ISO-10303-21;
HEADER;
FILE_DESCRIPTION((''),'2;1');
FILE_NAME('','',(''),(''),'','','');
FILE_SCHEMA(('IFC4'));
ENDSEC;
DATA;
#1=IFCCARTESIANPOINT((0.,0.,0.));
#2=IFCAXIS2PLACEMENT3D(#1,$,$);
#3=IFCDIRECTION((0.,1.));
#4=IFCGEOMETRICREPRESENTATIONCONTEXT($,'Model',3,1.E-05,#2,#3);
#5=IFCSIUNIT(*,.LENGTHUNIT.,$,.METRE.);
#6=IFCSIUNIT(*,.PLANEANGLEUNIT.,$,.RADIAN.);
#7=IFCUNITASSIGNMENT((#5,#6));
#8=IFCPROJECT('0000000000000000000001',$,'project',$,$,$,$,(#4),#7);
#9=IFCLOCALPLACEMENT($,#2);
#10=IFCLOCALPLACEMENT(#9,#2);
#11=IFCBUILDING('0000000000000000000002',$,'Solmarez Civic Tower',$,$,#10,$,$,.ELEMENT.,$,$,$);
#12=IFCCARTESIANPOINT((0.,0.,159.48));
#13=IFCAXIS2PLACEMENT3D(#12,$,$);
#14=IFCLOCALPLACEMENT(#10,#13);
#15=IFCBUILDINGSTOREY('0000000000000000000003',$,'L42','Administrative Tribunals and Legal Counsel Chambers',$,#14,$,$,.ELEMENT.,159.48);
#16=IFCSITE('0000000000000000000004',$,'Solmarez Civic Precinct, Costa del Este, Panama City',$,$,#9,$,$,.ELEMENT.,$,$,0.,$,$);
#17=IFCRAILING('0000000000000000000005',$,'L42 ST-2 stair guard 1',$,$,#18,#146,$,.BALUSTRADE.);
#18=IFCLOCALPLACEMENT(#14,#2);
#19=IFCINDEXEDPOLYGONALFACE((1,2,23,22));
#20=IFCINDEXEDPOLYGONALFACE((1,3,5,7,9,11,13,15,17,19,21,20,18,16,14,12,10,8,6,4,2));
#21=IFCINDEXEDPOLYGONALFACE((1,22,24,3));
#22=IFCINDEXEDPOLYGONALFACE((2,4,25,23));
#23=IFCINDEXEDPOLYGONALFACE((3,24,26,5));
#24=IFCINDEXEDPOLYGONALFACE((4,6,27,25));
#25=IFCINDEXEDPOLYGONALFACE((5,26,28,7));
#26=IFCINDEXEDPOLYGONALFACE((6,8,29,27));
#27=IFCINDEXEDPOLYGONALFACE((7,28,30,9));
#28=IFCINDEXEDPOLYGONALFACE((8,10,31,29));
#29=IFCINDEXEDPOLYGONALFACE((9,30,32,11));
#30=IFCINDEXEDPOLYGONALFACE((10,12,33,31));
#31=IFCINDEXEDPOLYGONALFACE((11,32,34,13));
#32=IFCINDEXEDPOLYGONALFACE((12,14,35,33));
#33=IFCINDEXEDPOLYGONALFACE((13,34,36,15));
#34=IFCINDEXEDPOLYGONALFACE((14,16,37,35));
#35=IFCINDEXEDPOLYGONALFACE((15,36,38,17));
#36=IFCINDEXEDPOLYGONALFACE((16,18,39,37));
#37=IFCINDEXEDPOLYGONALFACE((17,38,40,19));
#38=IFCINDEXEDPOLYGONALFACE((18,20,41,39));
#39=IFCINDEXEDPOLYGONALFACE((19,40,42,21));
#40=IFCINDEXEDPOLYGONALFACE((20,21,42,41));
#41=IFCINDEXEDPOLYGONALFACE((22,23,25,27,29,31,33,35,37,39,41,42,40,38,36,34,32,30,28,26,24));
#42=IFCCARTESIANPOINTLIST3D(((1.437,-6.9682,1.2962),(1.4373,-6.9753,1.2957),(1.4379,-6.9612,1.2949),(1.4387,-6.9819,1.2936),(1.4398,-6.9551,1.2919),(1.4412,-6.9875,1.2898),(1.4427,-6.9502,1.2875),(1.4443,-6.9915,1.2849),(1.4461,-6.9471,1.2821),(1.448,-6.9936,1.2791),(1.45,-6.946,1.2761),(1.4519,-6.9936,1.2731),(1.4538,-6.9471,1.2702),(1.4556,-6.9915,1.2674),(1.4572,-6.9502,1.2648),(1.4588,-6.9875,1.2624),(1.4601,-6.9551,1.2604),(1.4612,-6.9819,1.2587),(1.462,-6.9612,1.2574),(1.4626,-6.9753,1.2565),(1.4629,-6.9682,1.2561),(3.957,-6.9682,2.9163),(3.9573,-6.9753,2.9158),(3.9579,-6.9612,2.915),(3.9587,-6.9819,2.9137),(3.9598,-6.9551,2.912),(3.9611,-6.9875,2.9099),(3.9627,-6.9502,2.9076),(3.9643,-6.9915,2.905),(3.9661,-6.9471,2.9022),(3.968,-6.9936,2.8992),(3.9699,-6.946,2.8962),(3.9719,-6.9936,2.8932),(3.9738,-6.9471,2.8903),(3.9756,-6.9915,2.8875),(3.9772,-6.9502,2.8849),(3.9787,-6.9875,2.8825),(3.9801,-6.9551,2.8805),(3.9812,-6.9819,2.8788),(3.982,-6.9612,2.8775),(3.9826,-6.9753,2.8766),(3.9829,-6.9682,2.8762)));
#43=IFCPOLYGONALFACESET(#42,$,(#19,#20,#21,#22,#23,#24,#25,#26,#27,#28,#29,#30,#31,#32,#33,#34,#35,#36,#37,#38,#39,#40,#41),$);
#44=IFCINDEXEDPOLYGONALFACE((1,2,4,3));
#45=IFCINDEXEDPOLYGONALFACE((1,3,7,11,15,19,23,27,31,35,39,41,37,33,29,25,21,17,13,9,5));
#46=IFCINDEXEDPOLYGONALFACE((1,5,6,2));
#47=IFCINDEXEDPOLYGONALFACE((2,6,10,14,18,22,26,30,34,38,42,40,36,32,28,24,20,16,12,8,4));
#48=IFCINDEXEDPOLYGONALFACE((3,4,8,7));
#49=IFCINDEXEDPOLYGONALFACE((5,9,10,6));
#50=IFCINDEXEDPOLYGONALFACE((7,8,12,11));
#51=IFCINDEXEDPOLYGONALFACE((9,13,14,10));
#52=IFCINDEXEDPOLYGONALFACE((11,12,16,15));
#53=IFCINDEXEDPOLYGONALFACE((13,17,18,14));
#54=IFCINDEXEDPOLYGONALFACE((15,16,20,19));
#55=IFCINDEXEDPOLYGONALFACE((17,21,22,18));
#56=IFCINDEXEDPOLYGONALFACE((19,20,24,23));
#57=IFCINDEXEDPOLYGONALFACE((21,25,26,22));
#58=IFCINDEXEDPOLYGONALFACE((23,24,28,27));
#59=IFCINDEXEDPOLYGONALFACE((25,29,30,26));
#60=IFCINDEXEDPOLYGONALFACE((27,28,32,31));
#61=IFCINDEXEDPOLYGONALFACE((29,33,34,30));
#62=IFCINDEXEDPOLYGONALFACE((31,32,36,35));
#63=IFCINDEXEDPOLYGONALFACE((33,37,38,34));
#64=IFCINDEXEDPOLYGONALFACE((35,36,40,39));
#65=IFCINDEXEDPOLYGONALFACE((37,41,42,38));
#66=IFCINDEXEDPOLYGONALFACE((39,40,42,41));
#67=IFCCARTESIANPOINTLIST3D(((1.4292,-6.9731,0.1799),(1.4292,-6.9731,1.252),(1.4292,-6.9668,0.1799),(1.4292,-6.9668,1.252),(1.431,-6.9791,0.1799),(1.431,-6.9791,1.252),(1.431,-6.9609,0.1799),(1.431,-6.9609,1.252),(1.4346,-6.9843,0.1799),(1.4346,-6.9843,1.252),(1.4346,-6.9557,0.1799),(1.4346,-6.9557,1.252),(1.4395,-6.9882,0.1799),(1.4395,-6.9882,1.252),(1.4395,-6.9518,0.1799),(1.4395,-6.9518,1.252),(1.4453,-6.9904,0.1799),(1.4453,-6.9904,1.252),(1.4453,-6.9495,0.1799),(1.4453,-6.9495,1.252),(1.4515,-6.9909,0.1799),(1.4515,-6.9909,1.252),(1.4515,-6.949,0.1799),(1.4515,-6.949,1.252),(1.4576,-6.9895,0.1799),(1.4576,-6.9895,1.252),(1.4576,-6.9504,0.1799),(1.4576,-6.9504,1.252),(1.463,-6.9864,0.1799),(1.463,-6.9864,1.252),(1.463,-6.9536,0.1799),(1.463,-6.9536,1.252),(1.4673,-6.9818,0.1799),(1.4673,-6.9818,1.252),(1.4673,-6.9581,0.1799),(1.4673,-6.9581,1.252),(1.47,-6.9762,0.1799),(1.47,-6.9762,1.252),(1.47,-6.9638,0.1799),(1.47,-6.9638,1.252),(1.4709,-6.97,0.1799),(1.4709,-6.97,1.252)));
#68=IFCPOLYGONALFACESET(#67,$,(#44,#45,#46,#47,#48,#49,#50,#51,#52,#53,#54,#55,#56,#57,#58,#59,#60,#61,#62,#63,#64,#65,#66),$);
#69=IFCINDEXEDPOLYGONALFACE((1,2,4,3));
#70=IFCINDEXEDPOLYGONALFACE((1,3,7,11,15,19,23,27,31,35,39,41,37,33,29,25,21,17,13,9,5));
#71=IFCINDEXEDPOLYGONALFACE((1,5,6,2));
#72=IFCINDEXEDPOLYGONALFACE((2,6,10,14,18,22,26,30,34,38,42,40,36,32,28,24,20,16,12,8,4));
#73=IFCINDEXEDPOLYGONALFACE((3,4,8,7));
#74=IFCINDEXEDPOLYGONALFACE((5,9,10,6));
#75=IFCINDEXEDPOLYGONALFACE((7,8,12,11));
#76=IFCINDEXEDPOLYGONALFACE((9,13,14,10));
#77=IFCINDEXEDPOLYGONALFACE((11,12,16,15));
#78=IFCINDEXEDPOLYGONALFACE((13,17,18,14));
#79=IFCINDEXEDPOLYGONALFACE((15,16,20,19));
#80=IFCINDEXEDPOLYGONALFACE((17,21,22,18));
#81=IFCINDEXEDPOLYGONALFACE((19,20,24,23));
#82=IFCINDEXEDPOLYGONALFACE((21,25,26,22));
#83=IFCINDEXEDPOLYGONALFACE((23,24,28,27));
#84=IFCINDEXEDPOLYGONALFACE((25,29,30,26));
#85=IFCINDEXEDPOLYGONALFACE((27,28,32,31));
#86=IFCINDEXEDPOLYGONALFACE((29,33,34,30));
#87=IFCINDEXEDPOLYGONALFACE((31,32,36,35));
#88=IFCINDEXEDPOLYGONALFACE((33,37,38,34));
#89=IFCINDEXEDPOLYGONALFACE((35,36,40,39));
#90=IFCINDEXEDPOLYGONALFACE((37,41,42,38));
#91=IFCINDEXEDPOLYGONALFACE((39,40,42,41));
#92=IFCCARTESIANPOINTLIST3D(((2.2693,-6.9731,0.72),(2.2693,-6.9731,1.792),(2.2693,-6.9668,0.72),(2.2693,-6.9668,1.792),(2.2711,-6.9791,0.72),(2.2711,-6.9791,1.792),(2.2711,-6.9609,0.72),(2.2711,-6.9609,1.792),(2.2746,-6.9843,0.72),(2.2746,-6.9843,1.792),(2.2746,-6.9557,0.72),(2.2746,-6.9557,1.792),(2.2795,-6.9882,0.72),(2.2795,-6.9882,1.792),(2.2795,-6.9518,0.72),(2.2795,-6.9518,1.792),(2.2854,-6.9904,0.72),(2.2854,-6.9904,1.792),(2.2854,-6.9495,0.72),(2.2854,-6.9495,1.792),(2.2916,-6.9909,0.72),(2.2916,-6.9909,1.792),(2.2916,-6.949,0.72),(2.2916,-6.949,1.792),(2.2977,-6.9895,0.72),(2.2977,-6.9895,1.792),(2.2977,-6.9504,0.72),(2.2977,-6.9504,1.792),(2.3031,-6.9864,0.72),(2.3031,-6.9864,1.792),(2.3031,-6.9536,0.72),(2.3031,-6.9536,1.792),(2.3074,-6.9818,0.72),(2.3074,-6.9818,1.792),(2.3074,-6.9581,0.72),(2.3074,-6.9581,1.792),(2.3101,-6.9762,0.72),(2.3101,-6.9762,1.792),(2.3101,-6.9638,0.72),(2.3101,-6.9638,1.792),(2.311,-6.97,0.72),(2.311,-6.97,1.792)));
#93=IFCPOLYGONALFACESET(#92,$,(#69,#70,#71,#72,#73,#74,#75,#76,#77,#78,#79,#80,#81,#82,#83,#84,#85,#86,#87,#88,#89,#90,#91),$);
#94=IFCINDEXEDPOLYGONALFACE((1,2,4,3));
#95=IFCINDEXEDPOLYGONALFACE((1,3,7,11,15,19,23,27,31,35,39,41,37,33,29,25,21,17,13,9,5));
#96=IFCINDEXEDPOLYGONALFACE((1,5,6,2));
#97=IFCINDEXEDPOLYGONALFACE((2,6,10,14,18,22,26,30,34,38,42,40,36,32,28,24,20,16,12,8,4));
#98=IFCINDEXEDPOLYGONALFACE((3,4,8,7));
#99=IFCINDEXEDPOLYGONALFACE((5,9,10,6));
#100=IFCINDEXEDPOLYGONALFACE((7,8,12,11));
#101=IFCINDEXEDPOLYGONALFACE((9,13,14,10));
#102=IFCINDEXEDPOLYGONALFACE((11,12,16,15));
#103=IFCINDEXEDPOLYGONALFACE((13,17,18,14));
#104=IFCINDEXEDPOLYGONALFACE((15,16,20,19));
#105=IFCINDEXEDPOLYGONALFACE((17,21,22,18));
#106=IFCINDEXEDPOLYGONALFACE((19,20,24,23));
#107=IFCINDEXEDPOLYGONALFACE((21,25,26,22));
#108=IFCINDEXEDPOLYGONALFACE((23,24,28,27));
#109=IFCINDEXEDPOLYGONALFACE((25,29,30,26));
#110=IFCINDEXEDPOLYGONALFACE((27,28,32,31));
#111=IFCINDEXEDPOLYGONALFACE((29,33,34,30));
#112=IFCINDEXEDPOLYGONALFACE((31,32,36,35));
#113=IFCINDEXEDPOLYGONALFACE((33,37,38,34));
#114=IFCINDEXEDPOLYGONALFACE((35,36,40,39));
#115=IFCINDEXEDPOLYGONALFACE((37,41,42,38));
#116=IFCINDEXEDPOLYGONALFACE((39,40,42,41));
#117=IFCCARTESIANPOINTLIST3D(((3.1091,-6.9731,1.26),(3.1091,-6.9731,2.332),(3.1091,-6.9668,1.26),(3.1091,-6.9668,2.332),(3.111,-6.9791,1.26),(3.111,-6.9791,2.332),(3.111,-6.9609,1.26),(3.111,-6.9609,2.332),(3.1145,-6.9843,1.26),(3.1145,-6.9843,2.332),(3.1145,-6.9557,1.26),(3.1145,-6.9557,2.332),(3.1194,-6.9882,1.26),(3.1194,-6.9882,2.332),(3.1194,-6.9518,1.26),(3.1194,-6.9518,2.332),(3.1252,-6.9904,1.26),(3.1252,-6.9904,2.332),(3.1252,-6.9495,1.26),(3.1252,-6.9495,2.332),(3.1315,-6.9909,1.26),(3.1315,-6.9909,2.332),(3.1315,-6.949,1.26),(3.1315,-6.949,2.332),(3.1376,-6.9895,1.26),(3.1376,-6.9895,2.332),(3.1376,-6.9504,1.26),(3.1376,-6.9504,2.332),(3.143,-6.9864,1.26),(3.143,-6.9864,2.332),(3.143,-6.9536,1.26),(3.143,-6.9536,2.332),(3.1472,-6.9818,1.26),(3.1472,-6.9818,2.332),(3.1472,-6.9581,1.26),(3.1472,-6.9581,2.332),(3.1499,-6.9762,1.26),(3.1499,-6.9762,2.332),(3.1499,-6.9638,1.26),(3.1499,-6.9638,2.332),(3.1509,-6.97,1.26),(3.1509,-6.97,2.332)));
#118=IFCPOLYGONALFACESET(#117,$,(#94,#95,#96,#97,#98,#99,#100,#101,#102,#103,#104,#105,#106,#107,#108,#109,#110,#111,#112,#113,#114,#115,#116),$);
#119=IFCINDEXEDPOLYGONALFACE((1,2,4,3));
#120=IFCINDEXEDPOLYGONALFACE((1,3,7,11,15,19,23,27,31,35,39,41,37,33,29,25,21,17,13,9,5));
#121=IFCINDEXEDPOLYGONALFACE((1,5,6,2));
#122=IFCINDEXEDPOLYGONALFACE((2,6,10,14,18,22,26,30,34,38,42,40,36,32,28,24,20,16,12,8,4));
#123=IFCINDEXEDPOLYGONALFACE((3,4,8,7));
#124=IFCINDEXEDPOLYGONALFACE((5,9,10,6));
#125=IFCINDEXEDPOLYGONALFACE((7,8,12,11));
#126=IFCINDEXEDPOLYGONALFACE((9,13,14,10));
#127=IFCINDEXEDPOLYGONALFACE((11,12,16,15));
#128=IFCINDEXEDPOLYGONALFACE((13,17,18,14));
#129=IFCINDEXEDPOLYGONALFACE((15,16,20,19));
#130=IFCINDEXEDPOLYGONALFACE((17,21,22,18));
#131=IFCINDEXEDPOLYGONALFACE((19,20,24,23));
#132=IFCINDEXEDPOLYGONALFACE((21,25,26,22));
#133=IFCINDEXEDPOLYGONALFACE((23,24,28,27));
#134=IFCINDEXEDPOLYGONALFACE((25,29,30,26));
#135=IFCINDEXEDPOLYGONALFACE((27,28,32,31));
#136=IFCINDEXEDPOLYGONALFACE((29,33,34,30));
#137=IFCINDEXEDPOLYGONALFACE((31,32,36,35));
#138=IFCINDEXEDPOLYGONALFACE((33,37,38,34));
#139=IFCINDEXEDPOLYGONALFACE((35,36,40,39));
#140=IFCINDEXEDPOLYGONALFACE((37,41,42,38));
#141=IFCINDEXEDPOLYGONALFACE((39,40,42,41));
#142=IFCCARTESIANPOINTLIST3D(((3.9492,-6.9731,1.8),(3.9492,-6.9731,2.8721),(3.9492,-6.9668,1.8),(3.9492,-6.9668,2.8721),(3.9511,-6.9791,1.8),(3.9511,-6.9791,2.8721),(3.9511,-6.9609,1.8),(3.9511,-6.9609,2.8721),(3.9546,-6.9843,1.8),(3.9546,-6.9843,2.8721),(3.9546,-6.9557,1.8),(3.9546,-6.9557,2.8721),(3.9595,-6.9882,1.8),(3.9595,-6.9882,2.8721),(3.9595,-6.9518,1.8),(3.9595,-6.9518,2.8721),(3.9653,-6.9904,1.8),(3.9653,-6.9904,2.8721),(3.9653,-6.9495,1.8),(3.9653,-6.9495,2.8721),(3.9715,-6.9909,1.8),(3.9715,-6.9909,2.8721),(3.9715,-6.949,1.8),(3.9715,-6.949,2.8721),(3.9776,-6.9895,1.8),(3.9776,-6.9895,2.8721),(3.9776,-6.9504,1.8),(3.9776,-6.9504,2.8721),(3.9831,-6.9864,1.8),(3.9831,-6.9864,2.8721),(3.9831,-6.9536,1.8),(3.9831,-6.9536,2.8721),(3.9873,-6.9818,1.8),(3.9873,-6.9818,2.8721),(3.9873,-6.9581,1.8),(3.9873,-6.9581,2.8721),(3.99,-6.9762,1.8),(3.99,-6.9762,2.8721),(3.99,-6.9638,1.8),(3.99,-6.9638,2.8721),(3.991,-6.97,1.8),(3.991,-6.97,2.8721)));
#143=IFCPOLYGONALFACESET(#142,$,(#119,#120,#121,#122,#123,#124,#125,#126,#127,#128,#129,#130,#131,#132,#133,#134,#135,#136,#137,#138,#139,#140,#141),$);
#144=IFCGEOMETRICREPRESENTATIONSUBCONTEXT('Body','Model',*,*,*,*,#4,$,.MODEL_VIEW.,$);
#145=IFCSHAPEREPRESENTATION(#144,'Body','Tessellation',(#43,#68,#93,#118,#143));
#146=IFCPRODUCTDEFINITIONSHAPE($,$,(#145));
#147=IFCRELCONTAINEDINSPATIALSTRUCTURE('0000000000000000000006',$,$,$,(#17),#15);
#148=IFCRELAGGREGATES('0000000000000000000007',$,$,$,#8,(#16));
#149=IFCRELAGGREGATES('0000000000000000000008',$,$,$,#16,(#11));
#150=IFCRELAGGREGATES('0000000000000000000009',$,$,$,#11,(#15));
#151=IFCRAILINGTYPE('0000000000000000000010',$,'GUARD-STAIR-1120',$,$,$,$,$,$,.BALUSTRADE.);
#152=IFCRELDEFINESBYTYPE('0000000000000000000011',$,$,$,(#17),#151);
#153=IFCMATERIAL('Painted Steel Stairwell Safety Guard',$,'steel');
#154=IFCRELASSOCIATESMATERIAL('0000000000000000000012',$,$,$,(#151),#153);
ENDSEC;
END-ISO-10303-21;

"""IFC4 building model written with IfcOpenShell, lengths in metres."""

from ifc_helpers import new_model, si_unit, direction, frame, origin, origin_2d, place, context, subcontext, project, spatial, circle, extrude, material, type_object, element, save


model = new_model("IFC4")

# Units and contexts
model_context = context("Model", 3, precision=1e-05, world=origin(), true_north=direction((0.0, 1.0)))
body_context = subcontext(model_context, "Body", "Model", "MODEL_VIEW")
ifc_project = project(units=[si_unit("LENGTHUNIT", "METRE"), si_unit("PLANEANGLEUNIT", "RADIAN")], contexts=[model_context])

# Site, building, storey
site_placement = place(None, origin())
site = spatial("IfcSite", under=ifc_project, at=site_placement, Name="Solmarez Civic Precinct, Costa del Este, Panama City", CompositionType="ELEMENT", RefElevation=0.0)
building_placement = place(site_placement, origin())
building = spatial("IfcBuilding", under=site, at=building_placement, Name="Solmarez Civic Tower", CompositionType="ELEMENT")
storey_placement = place(building_placement, frame((0.0, 0.0, 159.48)))
storey = spatial("IfcBuildingStorey", under=building, at=storey_placement, Name="L42", Description="Administrative Tribunals and Legal Counsel Chambers", CompositionType="ELEMENT", Elevation=159.48)

# Railing
ifc_material_1 = material(Name="Painted Steel Stairwell Safety Guard", Category="steel")
railing_type_1 = type_object("IfcRailingType", Name="GUARD-STAIR-1120", PredefinedType="BALUSTRADE", material=ifc_material_1)
railing_1_placement = place(storey_placement, frame((1.45, -6.97, 0.1799)))
element("IfcRailing", 1, at=railing_1_placement, inside=storey, type_object=railing_type_1, Name="L42 ST-2 stair guard 1", PredefinedType="BALUSTRADE", context=body_context, shape_type="SweptSolid", body=[
    extrude(circle(Radius=0.0239, at=origin_2d()), frame((0.0, 0.0, 1.0962), z_axis=(0.841163, 0.0, 0.540782), x_axis=(0.0, 1.0, 0.0)), (0.0, 0.0, 1.0), 2.9958),
    extrude(circle(Radius=0.021, at=origin_2d()), origin(), (0.0, 0.0, 1.0), 1.072),
    extrude(circle(Radius=0.021, at=origin_2d()), frame((0.8401, 0.0, 0.54)), (0.0, 0.0, 1.0), 1.072),
    extrude(circle(Radius=0.021, at=origin_2d()), frame((1.6799, 0.0, 1.0801)), (0.0, 0.0, 1.0), 1.072),
    extrude(circle(Radius=0.021, at=origin_2d()), frame((2.52, 0.0, 1.6201)), (0.0, 0.0, 1.0), 1.072),
])

save(model, "model.ifc")
